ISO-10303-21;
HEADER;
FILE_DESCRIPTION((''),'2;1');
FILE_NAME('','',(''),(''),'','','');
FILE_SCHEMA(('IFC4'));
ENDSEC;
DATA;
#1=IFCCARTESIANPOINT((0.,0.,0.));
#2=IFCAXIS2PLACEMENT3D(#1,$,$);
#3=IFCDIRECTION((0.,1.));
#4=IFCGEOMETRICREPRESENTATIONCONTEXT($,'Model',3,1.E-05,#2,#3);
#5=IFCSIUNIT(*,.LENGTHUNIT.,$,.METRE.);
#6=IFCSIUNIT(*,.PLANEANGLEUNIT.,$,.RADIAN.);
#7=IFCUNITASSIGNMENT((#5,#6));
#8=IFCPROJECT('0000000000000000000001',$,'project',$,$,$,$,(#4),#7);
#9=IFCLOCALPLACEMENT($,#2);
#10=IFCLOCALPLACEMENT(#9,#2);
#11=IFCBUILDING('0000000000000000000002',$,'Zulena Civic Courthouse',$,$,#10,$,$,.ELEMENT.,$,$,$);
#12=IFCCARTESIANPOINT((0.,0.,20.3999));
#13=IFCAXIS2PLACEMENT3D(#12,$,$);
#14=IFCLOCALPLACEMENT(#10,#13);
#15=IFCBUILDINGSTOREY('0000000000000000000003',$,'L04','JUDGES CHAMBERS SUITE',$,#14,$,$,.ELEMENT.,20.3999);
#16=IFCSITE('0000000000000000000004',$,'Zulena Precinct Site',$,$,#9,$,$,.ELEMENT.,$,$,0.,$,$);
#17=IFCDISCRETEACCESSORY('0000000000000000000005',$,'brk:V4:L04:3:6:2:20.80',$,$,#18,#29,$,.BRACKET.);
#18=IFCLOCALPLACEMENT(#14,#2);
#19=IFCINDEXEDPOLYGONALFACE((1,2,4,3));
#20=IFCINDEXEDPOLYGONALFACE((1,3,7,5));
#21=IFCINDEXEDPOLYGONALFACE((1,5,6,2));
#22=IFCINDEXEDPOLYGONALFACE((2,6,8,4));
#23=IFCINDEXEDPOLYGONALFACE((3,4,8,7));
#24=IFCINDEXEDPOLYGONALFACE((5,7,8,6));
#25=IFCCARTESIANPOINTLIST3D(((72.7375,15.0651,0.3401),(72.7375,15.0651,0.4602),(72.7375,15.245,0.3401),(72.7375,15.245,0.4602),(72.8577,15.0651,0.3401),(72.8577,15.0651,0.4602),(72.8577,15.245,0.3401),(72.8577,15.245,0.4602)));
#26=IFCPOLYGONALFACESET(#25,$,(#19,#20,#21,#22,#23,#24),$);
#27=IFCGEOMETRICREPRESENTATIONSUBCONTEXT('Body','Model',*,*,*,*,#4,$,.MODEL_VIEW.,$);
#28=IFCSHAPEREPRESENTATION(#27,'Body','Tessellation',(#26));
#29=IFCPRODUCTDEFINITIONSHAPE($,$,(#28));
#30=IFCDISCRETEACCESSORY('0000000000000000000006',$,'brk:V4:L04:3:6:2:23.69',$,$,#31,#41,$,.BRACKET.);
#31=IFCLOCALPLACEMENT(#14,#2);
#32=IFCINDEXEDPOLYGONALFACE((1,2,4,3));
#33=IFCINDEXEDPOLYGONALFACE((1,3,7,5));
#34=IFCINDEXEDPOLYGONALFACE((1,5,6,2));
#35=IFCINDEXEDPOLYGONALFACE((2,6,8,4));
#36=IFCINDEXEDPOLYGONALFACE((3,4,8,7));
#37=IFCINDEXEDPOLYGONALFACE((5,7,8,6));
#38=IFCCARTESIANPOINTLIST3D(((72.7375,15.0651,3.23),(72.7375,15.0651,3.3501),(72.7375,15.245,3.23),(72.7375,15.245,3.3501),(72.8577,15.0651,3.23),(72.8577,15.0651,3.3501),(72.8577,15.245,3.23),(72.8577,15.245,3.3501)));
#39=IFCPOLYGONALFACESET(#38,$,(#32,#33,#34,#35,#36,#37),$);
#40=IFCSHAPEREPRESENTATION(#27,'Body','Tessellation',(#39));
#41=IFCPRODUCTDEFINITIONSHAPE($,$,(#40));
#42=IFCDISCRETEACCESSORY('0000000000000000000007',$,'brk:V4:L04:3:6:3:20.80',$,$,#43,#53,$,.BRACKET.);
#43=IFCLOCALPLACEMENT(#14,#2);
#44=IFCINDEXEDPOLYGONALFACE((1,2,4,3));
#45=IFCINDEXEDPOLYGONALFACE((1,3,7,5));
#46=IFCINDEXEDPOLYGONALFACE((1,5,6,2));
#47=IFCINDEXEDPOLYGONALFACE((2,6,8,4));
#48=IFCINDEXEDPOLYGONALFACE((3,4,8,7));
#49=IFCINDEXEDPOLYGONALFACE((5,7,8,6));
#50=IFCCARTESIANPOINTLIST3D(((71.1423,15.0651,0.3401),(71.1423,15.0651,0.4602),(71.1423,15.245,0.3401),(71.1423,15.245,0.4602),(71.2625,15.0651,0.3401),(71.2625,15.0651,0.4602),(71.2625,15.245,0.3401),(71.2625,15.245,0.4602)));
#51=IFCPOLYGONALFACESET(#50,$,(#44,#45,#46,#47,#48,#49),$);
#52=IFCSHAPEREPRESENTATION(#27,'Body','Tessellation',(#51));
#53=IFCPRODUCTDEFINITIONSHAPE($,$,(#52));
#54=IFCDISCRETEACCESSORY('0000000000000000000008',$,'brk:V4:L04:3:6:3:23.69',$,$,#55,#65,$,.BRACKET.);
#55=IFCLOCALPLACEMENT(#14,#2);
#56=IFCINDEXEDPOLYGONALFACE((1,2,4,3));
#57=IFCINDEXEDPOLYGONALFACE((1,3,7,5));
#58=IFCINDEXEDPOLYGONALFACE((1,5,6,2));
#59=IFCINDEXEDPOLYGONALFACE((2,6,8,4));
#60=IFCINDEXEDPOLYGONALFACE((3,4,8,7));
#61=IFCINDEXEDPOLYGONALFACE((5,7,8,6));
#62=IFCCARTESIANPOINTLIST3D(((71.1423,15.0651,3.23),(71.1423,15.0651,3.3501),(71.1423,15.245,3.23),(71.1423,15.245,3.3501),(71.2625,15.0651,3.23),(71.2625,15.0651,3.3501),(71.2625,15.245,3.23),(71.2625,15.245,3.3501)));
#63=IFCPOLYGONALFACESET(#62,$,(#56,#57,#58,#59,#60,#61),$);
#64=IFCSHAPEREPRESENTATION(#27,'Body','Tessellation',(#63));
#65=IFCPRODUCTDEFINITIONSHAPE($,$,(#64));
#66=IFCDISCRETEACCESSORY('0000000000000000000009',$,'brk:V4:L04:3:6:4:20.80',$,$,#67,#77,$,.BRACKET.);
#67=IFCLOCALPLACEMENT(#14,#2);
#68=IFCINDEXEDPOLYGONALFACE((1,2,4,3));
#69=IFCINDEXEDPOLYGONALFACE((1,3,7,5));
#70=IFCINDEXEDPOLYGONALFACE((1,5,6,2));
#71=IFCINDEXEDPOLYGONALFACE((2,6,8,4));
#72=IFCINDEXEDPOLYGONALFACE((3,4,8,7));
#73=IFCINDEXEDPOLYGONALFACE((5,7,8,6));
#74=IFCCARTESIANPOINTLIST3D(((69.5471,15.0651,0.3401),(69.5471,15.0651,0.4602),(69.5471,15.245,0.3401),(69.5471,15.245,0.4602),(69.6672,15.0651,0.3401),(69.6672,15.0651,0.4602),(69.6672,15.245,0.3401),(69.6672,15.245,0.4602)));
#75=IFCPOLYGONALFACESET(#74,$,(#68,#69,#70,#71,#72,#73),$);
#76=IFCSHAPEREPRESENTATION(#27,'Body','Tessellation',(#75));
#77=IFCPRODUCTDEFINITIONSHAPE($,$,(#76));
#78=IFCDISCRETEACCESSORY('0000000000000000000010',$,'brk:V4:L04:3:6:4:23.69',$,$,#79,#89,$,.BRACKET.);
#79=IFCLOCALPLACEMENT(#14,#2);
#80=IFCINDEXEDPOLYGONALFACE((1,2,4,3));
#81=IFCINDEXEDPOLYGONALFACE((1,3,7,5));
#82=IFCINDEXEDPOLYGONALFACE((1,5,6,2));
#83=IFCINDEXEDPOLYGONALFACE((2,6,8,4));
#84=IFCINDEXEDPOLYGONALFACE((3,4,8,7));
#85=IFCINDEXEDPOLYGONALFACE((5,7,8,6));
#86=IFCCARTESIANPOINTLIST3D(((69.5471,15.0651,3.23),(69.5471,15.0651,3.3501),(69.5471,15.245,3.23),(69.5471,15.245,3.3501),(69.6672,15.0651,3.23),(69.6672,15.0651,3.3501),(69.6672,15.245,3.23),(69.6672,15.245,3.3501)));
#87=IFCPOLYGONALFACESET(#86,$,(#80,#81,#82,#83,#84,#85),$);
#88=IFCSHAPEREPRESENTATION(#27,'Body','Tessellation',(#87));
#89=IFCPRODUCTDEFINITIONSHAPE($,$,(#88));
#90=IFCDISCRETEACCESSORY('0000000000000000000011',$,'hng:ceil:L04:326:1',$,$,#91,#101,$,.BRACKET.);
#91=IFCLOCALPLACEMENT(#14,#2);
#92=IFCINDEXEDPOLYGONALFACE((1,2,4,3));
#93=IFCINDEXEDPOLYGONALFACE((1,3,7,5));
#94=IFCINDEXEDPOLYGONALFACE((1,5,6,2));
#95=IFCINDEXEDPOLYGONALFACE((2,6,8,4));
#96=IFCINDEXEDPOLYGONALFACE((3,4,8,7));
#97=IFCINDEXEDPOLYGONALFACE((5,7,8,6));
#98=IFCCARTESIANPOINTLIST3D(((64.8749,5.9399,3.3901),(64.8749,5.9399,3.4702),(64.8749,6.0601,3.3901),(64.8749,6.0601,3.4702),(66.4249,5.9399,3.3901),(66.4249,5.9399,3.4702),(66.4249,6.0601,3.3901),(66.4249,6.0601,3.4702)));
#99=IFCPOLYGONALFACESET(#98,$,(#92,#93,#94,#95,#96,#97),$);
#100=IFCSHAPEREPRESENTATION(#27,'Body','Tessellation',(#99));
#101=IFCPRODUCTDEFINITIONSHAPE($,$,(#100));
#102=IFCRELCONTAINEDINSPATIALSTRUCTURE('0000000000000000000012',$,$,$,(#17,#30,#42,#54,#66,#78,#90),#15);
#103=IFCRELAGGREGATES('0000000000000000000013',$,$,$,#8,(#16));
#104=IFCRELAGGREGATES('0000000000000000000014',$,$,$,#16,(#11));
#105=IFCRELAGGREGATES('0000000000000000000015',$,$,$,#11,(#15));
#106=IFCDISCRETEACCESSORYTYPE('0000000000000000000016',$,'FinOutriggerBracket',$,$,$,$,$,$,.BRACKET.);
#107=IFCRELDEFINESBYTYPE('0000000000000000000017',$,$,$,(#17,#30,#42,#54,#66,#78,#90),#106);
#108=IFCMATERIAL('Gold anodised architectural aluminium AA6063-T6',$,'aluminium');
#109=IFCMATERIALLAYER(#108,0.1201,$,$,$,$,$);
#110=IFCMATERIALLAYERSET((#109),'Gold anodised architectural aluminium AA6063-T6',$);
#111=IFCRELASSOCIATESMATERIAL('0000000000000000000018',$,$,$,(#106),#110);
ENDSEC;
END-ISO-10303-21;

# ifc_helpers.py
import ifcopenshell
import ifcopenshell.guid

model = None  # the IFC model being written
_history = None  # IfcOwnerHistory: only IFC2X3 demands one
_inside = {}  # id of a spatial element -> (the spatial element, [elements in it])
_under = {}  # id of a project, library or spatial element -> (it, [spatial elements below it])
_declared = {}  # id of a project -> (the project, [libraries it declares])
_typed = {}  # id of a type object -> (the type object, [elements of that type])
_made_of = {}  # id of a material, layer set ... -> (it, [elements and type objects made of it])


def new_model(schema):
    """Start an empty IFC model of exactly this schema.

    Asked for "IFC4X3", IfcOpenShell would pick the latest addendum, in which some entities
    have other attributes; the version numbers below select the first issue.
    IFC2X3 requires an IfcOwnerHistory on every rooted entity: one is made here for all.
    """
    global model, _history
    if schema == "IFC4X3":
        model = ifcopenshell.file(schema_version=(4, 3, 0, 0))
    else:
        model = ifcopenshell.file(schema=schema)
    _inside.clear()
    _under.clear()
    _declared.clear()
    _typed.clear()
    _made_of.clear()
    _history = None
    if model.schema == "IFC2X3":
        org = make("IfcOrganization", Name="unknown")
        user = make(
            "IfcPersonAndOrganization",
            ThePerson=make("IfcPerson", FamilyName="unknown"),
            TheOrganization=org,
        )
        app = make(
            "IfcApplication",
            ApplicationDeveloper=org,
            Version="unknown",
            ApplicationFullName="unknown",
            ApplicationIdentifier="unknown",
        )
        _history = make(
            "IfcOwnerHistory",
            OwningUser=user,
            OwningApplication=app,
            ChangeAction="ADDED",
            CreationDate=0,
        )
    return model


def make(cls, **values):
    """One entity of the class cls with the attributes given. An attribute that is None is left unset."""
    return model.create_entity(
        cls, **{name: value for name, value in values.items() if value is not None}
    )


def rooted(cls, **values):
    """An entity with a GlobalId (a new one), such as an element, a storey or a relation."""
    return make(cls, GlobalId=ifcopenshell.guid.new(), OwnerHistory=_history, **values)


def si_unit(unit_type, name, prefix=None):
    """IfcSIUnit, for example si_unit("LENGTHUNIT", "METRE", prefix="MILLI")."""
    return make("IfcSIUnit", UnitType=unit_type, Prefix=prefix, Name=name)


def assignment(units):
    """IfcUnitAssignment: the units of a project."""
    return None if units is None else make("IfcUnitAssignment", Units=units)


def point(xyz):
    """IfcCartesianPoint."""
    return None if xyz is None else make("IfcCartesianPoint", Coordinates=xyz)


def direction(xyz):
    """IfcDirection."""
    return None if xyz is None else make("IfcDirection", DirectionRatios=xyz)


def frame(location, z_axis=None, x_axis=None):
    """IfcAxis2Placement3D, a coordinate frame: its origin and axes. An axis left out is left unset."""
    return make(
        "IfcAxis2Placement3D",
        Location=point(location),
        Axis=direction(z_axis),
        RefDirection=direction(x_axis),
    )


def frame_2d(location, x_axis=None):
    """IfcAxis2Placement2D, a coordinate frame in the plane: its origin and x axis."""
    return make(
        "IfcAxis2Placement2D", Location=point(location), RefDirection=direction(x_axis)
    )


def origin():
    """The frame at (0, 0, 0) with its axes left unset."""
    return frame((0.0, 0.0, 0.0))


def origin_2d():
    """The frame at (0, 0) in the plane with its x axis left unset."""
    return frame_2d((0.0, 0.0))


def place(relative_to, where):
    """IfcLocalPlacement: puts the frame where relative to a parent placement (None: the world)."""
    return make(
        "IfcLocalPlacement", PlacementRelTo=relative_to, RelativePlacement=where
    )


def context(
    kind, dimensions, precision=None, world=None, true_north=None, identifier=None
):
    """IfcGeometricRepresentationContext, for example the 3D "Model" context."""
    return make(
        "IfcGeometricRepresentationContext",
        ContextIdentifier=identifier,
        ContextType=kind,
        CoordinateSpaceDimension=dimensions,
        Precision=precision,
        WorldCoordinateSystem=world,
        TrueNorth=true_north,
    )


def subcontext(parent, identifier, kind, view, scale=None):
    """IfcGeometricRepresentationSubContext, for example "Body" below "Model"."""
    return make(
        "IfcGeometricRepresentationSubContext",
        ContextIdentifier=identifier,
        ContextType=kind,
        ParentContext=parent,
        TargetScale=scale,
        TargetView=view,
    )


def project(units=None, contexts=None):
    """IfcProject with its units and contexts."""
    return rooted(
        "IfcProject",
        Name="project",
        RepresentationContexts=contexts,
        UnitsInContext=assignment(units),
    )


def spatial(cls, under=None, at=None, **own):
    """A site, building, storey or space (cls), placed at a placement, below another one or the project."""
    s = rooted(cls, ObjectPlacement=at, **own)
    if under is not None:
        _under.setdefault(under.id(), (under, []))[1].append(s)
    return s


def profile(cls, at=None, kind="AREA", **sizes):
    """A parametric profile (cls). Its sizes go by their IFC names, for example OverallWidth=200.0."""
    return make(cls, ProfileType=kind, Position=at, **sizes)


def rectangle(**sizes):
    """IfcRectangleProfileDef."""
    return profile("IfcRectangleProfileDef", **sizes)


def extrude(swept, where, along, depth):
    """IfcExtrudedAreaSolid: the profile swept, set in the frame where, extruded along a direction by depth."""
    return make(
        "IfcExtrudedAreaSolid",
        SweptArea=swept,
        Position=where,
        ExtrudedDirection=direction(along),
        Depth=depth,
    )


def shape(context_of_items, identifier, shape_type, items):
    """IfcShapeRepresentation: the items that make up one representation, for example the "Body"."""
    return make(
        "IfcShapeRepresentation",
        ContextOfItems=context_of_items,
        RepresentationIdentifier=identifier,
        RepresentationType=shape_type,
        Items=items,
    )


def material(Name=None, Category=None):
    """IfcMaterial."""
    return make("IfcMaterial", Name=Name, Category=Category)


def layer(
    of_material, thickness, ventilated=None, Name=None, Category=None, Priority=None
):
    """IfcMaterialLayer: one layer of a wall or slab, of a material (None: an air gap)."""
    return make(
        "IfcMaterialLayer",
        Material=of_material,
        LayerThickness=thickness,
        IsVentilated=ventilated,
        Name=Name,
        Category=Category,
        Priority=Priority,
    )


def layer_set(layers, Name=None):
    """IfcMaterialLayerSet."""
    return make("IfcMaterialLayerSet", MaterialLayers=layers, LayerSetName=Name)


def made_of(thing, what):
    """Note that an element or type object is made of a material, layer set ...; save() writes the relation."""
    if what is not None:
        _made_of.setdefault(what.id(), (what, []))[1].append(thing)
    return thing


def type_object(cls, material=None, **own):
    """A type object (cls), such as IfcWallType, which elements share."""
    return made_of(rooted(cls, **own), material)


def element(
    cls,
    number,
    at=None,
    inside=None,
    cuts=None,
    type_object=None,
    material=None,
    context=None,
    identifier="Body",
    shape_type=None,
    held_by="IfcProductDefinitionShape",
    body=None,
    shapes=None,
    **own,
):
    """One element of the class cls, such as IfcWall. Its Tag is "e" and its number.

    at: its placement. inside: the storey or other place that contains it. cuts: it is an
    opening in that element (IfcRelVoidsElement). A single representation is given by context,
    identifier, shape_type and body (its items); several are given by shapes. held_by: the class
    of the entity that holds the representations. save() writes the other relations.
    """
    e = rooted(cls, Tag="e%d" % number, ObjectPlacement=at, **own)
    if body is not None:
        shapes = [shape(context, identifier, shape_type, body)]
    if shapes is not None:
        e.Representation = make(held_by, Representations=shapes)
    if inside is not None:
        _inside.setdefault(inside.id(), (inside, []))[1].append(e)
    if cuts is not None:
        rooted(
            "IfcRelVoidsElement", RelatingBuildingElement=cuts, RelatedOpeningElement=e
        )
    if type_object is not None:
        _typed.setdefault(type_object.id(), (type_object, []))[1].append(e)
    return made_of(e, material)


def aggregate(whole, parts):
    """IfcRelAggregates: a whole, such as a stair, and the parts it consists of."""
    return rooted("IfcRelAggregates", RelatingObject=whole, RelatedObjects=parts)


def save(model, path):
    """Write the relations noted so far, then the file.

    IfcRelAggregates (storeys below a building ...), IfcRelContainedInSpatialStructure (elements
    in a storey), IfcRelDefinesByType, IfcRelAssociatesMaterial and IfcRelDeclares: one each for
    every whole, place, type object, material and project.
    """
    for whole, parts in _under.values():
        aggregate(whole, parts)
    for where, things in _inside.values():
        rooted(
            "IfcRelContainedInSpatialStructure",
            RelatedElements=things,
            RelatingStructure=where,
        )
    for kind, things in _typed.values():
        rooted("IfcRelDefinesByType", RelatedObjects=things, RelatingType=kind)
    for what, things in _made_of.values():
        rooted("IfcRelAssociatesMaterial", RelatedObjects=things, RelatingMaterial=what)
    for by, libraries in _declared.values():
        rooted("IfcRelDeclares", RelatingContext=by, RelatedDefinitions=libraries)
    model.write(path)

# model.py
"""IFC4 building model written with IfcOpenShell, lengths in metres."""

from ifc_helpers import new_model, si_unit, direction, frame, origin, origin_2d, place, context, subcontext, project, spatial, rectangle, extrude, material, layer, layer_set, type_object, element, save


model = new_model("IFC4")

# Units and contexts
model_context = context("Model", 3, precision=1e-05, world=origin(), true_north=direction((0.0, 1.0)))
body_context = subcontext(model_context, "Body", "Model", "MODEL_VIEW")
ifc_project = project(units=[si_unit("LENGTHUNIT", "METRE"), si_unit("PLANEANGLEUNIT", "RADIAN")], contexts=[model_context])

# Site, building, storey
site_placement = place(None, origin())
site = spatial("IfcSite", under=ifc_project, at=site_placement, Name="Zulena Precinct Site", CompositionType="ELEMENT", RefElevation=0.0)
building_placement = place(site_placement, origin())
building = spatial("IfcBuilding", under=site, at=building_placement, Name="Zulena Civic Courthouse", CompositionType="ELEMENT")
storey_placement = place(building_placement, frame((0.0, 0.0, 20.3999)))
storey = spatial("IfcBuildingStorey", under=building, at=storey_placement, Name="L04", Description="JUDGES CHAMBERS SUITE", CompositionType="ELEMENT", Elevation=20.3999)

# Shared definitions
ifc_material_1 = material(Name="Gold anodised architectural aluminium AA6063-T6", Category="aluminium")

# Discrete accessories
ifc_layer_1 = layer(ifc_material_1, 0.1201)
ifc_layer_set_1 = layer_set([ifc_layer_1], Name="Gold anodised architectural aluminium AA6063-T6")
discrete_accessory_type = type_object("IfcDiscreteAccessoryType", Name="FinOutriggerBracket", PredefinedType="BRACKET", material=ifc_layer_set_1)
for number, where, z_axis, x_axis, name in (
    (1, (72.7976, 15.155, 0.3401), (0.0, 0.0, 1.0), (0.0, -1.0, 0.0), "brk:V4:L04:3:6:2:20.80"),
    (2, (72.7976, 15.155, 3.23), (0.0, 0.0, 1.0), (0.0, -1.0, 0.0), "brk:V4:L04:3:6:2:23.69"),
    (3, (71.2024, 15.155, 0.3401), (0.0, 0.0, 1.0), (0.0, -1.0, 0.0), "brk:V4:L04:3:6:3:20.80"),
    (4, (71.2024, 15.155, 3.23), (0.0, 0.0, 1.0), (0.0, -1.0, 0.0), "brk:V4:L04:3:6:3:23.69"),
    (5, (69.6072, 15.155, 0.3401), (0.0, 0.0, 1.0), (0.0, -1.0, 0.0), "brk:V4:L04:3:6:4:20.80"),
    (6, (69.6072, 15.155, 3.23), (0.0, 0.0, 1.0), (0.0, -1.0, 0.0), "brk:V4:L04:3:6:4:23.69"),
):
    element("IfcDiscreteAccessory", number, at=place(storey_placement, frame(where, z_axis=z_axis, x_axis=x_axis)), inside=storey, type_object=discrete_accessory_type, Name=name, PredefinedType="BRACKET", context=body_context, shape_type="SweptSolid", body=[
        extrude(rectangle(XDim=0.1799, YDim=0.1201, at=origin_2d()), origin(), (0.0, 0.0, 1.0), 0.1201),
    ])
discrete_accessory_placement = place(storey_placement, frame((65.6499, 6.0, 3.3901), z_axis=(0.0, 0.0, 1.0), x_axis=(1.0, 0.0, 0.0)))
element("IfcDiscreteAccessory", 7, at=discrete_accessory_placement, inside=storey, type_object=discrete_accessory_type, Name="hng:ceil:L04:326:1", PredefinedType="BRACKET", context=body_context, shape_type="SweptSolid", body=[
    extrude(rectangle(XDim=1.55, YDim=0.1201, at=origin_2d()), origin(), (0.0, 0.0, 1.0), 0.0801),
])

save(model, "model.ifc")
